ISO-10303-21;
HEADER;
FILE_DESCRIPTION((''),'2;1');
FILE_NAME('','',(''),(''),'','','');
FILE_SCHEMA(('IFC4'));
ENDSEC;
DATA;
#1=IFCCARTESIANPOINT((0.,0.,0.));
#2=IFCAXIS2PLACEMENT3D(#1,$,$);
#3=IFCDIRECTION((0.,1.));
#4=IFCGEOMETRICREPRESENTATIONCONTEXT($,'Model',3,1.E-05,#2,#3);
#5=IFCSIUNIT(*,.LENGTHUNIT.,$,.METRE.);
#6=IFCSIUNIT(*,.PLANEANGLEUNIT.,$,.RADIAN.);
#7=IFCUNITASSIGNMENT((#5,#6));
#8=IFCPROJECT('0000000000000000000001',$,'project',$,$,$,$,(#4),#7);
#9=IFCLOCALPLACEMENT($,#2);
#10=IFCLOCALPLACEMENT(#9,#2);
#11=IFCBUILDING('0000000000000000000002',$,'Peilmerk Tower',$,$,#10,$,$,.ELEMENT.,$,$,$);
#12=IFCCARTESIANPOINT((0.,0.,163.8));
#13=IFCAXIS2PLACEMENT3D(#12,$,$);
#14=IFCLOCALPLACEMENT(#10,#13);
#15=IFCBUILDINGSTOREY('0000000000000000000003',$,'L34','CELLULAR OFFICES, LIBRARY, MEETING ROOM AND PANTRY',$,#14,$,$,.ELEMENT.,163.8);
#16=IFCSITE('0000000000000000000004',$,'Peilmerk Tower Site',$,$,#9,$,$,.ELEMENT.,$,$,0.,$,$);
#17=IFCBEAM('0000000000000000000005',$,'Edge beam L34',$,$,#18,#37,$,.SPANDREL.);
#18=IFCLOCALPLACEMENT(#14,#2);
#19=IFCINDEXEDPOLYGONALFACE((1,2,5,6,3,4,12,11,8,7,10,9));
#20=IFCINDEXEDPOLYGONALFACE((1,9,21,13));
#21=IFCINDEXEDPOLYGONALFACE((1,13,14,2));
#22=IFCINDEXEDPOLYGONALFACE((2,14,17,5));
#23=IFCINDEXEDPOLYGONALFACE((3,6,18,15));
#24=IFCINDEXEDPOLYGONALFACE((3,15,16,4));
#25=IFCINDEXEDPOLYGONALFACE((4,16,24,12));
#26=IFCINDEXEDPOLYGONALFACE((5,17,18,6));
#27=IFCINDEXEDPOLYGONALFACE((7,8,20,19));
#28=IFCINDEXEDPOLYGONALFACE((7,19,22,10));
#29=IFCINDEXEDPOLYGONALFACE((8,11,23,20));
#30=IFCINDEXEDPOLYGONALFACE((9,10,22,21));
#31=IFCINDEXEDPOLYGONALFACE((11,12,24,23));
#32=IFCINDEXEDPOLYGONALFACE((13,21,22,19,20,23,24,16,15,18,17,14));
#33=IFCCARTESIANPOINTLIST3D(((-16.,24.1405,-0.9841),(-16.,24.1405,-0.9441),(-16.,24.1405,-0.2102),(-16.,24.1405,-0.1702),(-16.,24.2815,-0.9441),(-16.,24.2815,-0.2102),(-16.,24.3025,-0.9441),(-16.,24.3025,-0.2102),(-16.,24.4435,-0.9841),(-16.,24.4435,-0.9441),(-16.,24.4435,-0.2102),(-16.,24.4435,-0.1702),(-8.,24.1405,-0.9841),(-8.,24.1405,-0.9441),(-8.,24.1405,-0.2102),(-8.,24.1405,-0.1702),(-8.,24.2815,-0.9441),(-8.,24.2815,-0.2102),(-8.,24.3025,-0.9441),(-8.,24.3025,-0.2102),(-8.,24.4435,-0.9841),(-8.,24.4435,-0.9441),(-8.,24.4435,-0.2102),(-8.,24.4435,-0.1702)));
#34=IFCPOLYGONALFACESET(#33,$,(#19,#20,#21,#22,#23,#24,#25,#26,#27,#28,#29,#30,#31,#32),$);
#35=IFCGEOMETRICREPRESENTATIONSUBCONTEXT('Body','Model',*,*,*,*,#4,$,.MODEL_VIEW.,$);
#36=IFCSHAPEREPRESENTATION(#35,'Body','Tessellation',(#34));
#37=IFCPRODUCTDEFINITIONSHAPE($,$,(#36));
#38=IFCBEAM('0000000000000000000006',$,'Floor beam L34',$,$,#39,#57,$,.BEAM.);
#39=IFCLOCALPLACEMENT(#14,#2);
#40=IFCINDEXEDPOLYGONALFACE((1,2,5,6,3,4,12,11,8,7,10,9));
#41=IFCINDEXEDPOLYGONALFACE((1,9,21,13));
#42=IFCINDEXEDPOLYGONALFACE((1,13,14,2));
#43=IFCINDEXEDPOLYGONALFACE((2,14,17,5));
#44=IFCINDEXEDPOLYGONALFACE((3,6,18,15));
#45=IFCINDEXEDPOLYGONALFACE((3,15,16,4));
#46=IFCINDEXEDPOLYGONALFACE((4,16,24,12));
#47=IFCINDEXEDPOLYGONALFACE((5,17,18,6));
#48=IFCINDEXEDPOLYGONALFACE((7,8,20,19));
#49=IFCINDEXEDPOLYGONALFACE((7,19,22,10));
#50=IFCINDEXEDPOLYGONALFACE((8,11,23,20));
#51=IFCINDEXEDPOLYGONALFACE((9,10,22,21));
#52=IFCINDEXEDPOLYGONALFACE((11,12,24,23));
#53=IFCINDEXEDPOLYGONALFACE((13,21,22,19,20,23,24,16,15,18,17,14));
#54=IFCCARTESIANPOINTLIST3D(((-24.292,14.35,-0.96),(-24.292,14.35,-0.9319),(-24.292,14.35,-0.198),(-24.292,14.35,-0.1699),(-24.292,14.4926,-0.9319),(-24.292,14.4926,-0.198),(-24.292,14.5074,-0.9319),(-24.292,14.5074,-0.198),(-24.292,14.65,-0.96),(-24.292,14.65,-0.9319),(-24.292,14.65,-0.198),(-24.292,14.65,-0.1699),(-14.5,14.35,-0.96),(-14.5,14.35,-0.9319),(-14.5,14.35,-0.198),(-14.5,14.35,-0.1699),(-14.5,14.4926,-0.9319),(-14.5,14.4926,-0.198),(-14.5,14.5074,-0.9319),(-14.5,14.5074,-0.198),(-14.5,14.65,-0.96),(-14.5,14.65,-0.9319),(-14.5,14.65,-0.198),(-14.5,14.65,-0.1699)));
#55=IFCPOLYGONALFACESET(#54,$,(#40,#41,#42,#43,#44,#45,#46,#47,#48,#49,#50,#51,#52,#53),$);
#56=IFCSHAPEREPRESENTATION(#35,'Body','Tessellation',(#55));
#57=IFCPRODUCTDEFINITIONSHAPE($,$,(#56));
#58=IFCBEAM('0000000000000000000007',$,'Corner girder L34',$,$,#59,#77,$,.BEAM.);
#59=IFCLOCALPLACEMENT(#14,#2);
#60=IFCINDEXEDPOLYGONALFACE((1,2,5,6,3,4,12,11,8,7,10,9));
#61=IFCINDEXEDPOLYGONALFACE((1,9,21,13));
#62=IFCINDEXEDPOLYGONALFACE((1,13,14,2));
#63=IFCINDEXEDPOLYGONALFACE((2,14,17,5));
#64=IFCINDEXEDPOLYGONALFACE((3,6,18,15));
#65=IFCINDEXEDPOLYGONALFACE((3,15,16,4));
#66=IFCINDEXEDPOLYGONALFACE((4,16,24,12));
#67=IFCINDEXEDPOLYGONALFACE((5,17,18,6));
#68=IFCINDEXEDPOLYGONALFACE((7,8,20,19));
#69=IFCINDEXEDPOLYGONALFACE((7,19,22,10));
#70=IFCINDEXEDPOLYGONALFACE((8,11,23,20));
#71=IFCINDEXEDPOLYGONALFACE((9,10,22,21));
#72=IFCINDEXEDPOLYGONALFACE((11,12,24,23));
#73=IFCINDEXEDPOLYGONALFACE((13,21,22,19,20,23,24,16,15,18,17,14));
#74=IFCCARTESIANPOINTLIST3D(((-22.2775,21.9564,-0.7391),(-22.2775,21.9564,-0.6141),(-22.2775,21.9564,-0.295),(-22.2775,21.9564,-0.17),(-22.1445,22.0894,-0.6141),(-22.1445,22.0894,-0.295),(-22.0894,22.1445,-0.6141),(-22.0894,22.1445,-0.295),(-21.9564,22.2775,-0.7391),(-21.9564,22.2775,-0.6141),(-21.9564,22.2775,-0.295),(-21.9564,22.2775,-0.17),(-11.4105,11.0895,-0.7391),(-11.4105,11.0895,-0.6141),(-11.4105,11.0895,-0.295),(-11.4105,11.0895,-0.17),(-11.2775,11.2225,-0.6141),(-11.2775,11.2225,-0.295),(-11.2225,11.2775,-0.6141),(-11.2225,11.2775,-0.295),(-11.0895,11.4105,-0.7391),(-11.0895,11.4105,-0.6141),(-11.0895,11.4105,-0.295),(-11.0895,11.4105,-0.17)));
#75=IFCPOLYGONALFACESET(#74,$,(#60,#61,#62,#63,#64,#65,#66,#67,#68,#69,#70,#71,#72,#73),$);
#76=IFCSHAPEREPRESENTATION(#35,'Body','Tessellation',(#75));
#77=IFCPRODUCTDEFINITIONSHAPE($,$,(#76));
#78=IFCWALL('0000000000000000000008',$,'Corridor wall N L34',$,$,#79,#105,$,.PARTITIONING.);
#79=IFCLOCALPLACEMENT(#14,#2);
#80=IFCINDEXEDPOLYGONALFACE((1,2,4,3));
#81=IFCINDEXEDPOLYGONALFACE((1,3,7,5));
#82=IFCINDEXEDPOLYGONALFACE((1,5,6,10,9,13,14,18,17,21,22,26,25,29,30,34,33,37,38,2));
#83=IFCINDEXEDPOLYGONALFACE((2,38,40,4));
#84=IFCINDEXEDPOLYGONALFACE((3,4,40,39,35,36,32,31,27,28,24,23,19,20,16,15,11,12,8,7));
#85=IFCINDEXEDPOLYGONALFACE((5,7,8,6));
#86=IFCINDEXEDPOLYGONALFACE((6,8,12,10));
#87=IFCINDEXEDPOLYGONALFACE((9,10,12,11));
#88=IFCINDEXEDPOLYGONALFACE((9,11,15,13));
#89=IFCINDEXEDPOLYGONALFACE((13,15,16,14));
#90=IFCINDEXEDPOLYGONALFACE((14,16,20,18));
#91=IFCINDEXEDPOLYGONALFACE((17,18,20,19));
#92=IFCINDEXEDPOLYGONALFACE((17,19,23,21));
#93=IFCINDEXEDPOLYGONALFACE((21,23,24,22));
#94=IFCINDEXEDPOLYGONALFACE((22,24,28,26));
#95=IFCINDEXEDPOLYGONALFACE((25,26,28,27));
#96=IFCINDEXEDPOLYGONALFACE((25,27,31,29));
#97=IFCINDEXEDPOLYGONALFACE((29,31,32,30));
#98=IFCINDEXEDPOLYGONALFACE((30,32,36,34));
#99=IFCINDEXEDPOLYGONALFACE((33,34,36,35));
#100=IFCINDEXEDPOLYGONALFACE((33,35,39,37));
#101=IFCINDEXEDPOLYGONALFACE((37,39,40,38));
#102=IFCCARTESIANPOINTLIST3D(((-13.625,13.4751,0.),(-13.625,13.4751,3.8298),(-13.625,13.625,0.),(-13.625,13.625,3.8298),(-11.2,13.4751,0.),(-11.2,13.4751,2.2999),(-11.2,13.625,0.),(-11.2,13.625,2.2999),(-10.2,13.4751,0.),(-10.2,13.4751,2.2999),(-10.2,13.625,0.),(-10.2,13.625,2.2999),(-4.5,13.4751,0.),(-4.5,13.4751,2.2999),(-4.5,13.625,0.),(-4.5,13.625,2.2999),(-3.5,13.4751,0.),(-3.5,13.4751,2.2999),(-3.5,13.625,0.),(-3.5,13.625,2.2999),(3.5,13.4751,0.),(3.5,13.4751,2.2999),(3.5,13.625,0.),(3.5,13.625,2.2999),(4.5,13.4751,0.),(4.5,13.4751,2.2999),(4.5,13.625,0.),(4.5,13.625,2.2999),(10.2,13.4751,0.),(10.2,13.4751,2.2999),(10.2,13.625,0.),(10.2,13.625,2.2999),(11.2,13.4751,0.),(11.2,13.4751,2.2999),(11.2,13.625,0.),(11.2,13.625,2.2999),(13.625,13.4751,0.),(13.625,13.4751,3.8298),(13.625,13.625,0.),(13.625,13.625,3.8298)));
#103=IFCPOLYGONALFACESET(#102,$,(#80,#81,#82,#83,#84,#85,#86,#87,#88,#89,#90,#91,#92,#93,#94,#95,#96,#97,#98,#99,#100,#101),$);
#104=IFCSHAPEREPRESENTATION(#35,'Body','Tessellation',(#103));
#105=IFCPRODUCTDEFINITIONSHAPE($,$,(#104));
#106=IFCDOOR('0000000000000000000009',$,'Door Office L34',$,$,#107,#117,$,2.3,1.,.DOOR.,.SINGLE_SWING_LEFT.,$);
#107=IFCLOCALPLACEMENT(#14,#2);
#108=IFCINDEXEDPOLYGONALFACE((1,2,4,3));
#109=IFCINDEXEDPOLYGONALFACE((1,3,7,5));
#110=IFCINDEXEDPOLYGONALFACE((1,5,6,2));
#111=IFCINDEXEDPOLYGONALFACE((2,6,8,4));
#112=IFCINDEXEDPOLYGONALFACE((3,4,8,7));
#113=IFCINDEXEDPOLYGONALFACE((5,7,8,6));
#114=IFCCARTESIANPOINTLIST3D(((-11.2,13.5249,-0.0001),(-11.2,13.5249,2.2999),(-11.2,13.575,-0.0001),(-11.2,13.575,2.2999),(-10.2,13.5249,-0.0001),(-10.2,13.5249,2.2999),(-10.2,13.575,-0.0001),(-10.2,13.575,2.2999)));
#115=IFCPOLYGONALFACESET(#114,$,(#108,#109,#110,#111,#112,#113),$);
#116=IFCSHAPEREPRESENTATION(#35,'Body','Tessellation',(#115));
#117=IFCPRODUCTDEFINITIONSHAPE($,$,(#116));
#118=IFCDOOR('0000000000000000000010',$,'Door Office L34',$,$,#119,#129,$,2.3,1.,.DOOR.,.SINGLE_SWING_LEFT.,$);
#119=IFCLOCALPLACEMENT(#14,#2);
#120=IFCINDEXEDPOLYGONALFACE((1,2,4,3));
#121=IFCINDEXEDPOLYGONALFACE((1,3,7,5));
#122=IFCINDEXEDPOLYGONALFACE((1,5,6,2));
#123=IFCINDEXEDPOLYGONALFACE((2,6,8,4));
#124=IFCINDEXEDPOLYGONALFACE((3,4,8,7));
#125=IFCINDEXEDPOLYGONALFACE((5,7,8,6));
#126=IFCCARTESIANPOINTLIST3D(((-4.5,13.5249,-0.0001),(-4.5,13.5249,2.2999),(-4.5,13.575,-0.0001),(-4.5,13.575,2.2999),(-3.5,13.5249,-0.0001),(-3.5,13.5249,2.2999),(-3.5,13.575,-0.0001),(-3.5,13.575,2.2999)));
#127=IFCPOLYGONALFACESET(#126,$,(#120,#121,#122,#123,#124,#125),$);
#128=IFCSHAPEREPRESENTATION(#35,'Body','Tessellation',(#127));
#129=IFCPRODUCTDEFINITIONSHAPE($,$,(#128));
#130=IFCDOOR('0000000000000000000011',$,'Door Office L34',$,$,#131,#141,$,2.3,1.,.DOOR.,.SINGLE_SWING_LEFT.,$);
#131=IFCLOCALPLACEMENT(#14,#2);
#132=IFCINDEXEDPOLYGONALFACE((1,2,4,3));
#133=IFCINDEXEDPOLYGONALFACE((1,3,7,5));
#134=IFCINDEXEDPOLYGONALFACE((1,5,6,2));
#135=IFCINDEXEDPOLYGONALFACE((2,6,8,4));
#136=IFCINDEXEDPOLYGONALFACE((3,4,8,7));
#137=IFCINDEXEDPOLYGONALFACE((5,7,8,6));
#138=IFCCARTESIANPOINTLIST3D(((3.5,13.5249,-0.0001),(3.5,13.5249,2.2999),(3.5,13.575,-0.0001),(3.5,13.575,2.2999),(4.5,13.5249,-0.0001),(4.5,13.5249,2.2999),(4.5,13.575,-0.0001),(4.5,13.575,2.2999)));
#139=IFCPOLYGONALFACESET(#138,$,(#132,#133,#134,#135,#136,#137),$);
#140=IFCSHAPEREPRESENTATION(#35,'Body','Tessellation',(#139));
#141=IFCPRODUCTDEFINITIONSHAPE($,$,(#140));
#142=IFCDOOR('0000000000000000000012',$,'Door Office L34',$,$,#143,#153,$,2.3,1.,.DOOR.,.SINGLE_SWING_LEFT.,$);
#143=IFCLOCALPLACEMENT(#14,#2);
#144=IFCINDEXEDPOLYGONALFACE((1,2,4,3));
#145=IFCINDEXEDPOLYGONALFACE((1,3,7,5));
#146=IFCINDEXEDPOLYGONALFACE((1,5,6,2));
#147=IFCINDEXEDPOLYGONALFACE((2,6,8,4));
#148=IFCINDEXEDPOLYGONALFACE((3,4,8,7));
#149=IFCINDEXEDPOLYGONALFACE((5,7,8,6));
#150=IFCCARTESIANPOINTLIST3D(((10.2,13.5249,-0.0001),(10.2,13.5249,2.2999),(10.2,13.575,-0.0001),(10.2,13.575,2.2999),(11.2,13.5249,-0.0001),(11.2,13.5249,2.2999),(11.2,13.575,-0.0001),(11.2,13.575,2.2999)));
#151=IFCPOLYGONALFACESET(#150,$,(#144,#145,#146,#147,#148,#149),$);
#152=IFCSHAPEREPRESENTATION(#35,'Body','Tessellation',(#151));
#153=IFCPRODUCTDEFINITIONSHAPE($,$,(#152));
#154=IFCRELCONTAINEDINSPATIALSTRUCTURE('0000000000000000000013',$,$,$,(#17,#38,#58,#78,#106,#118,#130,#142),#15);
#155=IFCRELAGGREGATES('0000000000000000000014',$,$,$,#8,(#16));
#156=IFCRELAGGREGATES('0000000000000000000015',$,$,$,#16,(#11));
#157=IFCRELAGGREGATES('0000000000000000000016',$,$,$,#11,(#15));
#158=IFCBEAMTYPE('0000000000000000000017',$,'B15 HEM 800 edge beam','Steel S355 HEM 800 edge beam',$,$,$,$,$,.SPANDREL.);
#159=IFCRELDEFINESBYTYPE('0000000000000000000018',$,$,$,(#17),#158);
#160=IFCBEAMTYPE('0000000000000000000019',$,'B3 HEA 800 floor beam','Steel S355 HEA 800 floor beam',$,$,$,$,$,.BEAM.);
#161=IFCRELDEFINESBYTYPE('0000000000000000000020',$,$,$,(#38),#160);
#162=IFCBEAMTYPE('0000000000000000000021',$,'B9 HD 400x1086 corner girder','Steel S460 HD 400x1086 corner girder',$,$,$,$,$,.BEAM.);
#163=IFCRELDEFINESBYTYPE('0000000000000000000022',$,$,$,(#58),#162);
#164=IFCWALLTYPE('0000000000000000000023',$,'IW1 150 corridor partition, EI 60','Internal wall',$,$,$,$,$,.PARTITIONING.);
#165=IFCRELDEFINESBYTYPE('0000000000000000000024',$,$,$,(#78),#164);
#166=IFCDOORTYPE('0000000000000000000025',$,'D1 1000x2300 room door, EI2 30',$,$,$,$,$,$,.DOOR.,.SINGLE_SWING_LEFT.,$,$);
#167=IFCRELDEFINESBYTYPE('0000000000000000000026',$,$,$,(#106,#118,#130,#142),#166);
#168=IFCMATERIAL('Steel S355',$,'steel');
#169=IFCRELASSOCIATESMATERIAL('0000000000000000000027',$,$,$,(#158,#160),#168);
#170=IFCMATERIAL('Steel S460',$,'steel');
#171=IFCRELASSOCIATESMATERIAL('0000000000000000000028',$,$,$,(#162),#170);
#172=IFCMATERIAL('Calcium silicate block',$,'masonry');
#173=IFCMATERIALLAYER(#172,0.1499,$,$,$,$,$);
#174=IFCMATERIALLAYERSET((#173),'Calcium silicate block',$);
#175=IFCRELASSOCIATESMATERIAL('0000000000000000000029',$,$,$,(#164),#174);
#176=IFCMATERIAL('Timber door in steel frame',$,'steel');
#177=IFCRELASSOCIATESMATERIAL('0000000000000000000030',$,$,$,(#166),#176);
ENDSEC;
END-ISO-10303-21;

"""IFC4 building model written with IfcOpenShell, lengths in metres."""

from ifc_helpers import new_model, si_unit, direction, frame, frame_2d, origin, origin_2d, place, context, subcontext, project, spatial, rectangle, i_section, extrude, material, layer, layer_set, material_profile, profile_set, type_object, element, fill, save


model = new_model("IFC4")

# Units and contexts
model_context = context("Model", 3, precision=1e-05, world=origin(), true_north=direction((0.0, 1.0)))
body_context = subcontext(model_context, "Body", "Model", "MODEL_VIEW")
ifc_project = project(units=[si_unit("LENGTHUNIT", "METRE"), si_unit("PLANEANGLEUNIT", "RADIAN")], contexts=[model_context])

# Site, building, storey
site_placement = place(None, origin())
site = spatial("IfcSite", under=ifc_project, at=site_placement, Name="Peilmerk Tower Site", CompositionType="ELEMENT", RefElevation=0.0)
building_placement = place(site_placement, origin())
building = spatial("IfcBuilding", under=site, at=building_placement, Name="Peilmerk Tower", CompositionType="ELEMENT")
storey_placement = place(building_placement, frame((0.0, 0.0, 163.8)))
storey = spatial("IfcBuildingStorey", under=building, at=storey_placement, Name="L34", Description="CELLULAR OFFICES, LIBRARY, MEETING ROOM AND PANTRY", CompositionType="ELEMENT", Elevation=163.8)

# Shared definitions
ifc_material_1 = material(Name="Steel S460", Category="steel")

# Beams
ifc_material_2 = material(Name="Steel S355", Category="steel")
ifc_material_profile_1 = material_profile(ifc_material_2, i_section(OverallWidth=0.303, OverallDepth=0.814, WebThickness=0.021, FlangeThickness=0.04, at=origin_2d()), Name="HEM 800")
ifc_profile_set_1 = profile_set([ifc_material_profile_1], Name="Steel S355")
beam_type_1 = type_object("IfcBeamType", Name="B15 HEM 800 edge beam", Description="Steel S355 HEM 800 edge beam", PredefinedType="SPANDREL", material=ifc_profile_set_1)
for number, where, z_axis, x_axis, name in (
    (1, (-8.0, 24.292, -0.5771), (-1.0, 0.0, 0.0), (0.0, -1.0, 0.0), "Edge beam L34"),
):
    element("IfcBeam", number, at=place(storey_placement, frame(where, z_axis=z_axis, x_axis=x_axis)), inside=storey, type_object=beam_type_1, Name=name, PredefinedType="SPANDREL", context=body_context, shape_type="SweptSolid", body=[
        extrude(i_section(OverallWidth=0.303, OverallDepth=0.814, WebThickness=0.021, FlangeThickness=0.04, at=origin_2d()), origin(), (0.0, 0.0, 1.0), 8.0),
    ])
ifc_material_profile_2 = material_profile(ifc_material_2, i_section(OverallWidth=0.3, OverallDepth=0.79, WebThickness=0.0149, FlangeThickness=0.0281, at=origin_2d()), Name="HEA 800")
ifc_profile_set_2 = profile_set([ifc_material_profile_2], Name="Steel S355")
beam_type_2 = type_object("IfcBeamType", Name="B3 HEA 800 floor beam", Description="Steel S355 HEA 800 floor beam", PredefinedType="BEAM", material=ifc_profile_set_2)
beam_1_placement = place(storey_placement, frame((-14.5, 14.5, -0.5649), z_axis=(-1.0, 0.0, 0.0), x_axis=(0.0, -1.0, 0.0)))
element("IfcBeam", 2, at=beam_1_placement, inside=storey, type_object=beam_type_2, Name="Floor beam L34", PredefinedType="BEAM", context=body_context, shape_type="SweptSolid", body=[
    extrude(i_section(OverallWidth=0.3, OverallDepth=0.79, WebThickness=0.0149, FlangeThickness=0.0281, at=origin_2d()), origin(), (0.0, 0.0, 1.0), 9.792),
])
ifc_material_profile_3 = material_profile(ifc_material_1, i_section(OverallWidth=0.4541, OverallDepth=0.5691, WebThickness=0.0779, FlangeThickness=0.125, at=origin_2d()), Name="HD 400x1086")
ifc_profile_set_3 = profile_set([ifc_material_profile_3], Name="Steel S460")
beam_type_3 = type_object("IfcBeamType", Name="B9 HD 400x1086 corner girder", Description="Steel S460 HD 400x1086 corner girder", PredefinedType="BEAM", material=ifc_profile_set_3)
beam_2_placement = place(storey_placement, frame((-11.25, 11.25, -0.4546), z_axis=(-0.707107, 0.707107, 0.0), x_axis=(-0.707107, -0.707107, 0.0)))
element("IfcBeam", 3, at=beam_2_placement, inside=storey, type_object=beam_type_3, Name="Corner girder L34", PredefinedType="BEAM", context=body_context, shape_type="SweptSolid", body=[
    extrude(i_section(OverallWidth=0.4541, OverallDepth=0.5691, WebThickness=0.0779, FlangeThickness=0.125, at=origin_2d()), origin(), (0.0, 0.0, 1.0), 15.3682),
])

# Wall, openings, doors
ifc_material_3 = material(Name="Calcium silicate block", Category="masonry")
ifc_layer_1 = layer(ifc_material_3, 0.1499)
ifc_layer_set_1 = layer_set([ifc_layer_1], Name="Calcium silicate block")
wall_type_1 = type_object("IfcWallType", Name="IW1 150 corridor partition, EI 60", Description="Internal wall", PredefinedType="PARTITIONING", material=ifc_layer_set_1)
wall_1_placement = place(storey_placement, frame((-13.625, 13.55, 0.0), z_axis=(0.0, 0.0, 1.0), x_axis=(1.0, 0.0, 0.0)))
wall_1 = element("IfcWall", 4, at=wall_1_placement, inside=storey, type_object=wall_type_1, Name="Corridor wall N L34", PredefinedType="PARTITIONING", context=body_context, shape_type="SweptSolid", body=[
    extrude(rectangle(XDim=27.25, YDim=0.1499, at=frame_2d((13.625, 0.0))), origin(), (0.0, 0.0, 1.0), 3.8298),
])
opening_1_placement = place(wall_1_placement, frame((2.425, 0.0, 0.0)))
opening_1 = element("IfcOpeningElement", 5, at=opening_1_placement, cuts=wall_1, PredefinedType="OPENING", context=body_context, shape_type="SweptSolid", body=[
    extrude(rectangle(XDim=1.0, YDim=2.3, at=frame_2d((0.5, 1.1499))), frame((0.0, 0.085, 0.0), z_axis=(0.0, -1.0, 0.0), x_axis=(1.0, 0.0, 0.0)), (0.0, 0.0, 1.0), 0.1699),
])
opening_2_placement = place(wall_1_placement, frame((9.125, 0.0, 0.0)))
opening_2 = element("IfcOpeningElement", 6, at=opening_2_placement, cuts=wall_1, PredefinedType="OPENING", context=body_context, shape_type="SweptSolid", body=[
    extrude(rectangle(XDim=1.0, YDim=2.3, at=frame_2d((0.5, 1.1499))), frame((0.0, 0.085, 0.0), z_axis=(0.0, -1.0, 0.0), x_axis=(1.0, 0.0, 0.0)), (0.0, 0.0, 1.0), 0.1699),
])
opening_3_placement = place(wall_1_placement, frame((17.125, 0.0, 0.0)))
opening_3 = element("IfcOpeningElement", 7, at=opening_3_placement, cuts=wall_1, PredefinedType="OPENING", context=body_context, shape_type="SweptSolid", body=[
    extrude(rectangle(XDim=1.0, YDim=2.3, at=frame_2d((0.5, 1.1499))), frame((0.0, 0.085, 0.0), z_axis=(0.0, -1.0, 0.0), x_axis=(1.0, 0.0, 0.0)), (0.0, 0.0, 1.0), 0.1699),
])
opening_4_placement = place(wall_1_placement, frame((23.825, 0.0, 0.0)))
opening_4 = element("IfcOpeningElement", 8, at=opening_4_placement, cuts=wall_1, PredefinedType="OPENING", context=body_context, shape_type="SweptSolid", body=[
    extrude(rectangle(XDim=1.0, YDim=2.3, at=frame_2d((0.5, 1.1499))), frame((0.0, 0.085, 0.0), z_axis=(0.0, -1.0, 0.0), x_axis=(1.0, 0.0, 0.0)), (0.0, 0.0, 1.0), 0.1699),
])
ifc_material_4 = material(Name="Timber door in steel frame", Category="steel")
door_type = type_object("IfcDoorType", Name="D1 1000x2300 room door, EI2 30", OperationType="SINGLE_SWING_LEFT", PredefinedType="DOOR", material=ifc_material_4)
door_1_placement = place(opening_1_placement, origin())
door_1 = element("IfcDoor", 9, at=door_1_placement, inside=storey, type_object=door_type, Name="Door Office L34", OperationType="SINGLE_SWING_LEFT", OverallHeight=2.3, OverallWidth=1.0, PredefinedType="DOOR", context=body_context, shape_type="SweptSolid", body=[
    extrude(rectangle(XDim=1.0, YDim=2.3, at=frame_2d((0.5, 1.1499))), frame((0.0, 0.0249, 0.0), z_axis=(0.0, -1.0, 0.0), x_axis=(1.0, 0.0, 0.0)), (0.0, 0.0, 1.0), 0.05),
])
fill(opening_1, door_1)
door_2_placement = place(opening_2_placement, origin())
door_2 = element("IfcDoor", 10, at=door_2_placement, inside=storey, type_object=door_type, Name="Door Office L34", OperationType="SINGLE_SWING_LEFT", OverallHeight=2.3, OverallWidth=1.0, PredefinedType="DOOR", context=body_context, shape_type="SweptSolid", body=[
    extrude(rectangle(XDim=1.0, YDim=2.3, at=frame_2d((0.5, 1.1499))), frame((0.0, 0.0249, 0.0), z_axis=(0.0, -1.0, 0.0), x_axis=(1.0, 0.0, 0.0)), (0.0, 0.0, 1.0), 0.05),
])
fill(opening_2, door_2)
door_3_placement = place(opening_3_placement, origin())
door_3 = element("IfcDoor", 11, at=door_3_placement, inside=storey, type_object=door_type, Name="Door Office L34", OperationType="SINGLE_SWING_LEFT", OverallHeight=2.3, OverallWidth=1.0, PredefinedType="DOOR", context=body_context, shape_type="SweptSolid", body=[
    extrude(rectangle(XDim=1.0, YDim=2.3, at=frame_2d((0.5, 1.1499))), frame((0.0, 0.0249, 0.0), z_axis=(0.0, -1.0, 0.0), x_axis=(1.0, 0.0, 0.0)), (0.0, 0.0, 1.0), 0.05),
])
fill(opening_3, door_3)
door_4_placement = place(opening_4_placement, origin())
door_4 = element("IfcDoor", 12, at=door_4_placement, inside=storey, type_object=door_type, Name="Door Office L34", OperationType="SINGLE_SWING_LEFT", OverallHeight=2.3, OverallWidth=1.0, PredefinedType="DOOR", context=body_context, shape_type="SweptSolid", body=[
    extrude(rectangle(XDim=1.0, YDim=2.3, at=frame_2d((0.5, 1.1499))), frame((0.0, 0.0249, 0.0), z_axis=(0.0, -1.0, 0.0), x_axis=(1.0, 0.0, 0.0)), (0.0, 0.0, 1.0), 0.05),
])
fill(opening_4, door_4)

save(model, "model.ifc")
